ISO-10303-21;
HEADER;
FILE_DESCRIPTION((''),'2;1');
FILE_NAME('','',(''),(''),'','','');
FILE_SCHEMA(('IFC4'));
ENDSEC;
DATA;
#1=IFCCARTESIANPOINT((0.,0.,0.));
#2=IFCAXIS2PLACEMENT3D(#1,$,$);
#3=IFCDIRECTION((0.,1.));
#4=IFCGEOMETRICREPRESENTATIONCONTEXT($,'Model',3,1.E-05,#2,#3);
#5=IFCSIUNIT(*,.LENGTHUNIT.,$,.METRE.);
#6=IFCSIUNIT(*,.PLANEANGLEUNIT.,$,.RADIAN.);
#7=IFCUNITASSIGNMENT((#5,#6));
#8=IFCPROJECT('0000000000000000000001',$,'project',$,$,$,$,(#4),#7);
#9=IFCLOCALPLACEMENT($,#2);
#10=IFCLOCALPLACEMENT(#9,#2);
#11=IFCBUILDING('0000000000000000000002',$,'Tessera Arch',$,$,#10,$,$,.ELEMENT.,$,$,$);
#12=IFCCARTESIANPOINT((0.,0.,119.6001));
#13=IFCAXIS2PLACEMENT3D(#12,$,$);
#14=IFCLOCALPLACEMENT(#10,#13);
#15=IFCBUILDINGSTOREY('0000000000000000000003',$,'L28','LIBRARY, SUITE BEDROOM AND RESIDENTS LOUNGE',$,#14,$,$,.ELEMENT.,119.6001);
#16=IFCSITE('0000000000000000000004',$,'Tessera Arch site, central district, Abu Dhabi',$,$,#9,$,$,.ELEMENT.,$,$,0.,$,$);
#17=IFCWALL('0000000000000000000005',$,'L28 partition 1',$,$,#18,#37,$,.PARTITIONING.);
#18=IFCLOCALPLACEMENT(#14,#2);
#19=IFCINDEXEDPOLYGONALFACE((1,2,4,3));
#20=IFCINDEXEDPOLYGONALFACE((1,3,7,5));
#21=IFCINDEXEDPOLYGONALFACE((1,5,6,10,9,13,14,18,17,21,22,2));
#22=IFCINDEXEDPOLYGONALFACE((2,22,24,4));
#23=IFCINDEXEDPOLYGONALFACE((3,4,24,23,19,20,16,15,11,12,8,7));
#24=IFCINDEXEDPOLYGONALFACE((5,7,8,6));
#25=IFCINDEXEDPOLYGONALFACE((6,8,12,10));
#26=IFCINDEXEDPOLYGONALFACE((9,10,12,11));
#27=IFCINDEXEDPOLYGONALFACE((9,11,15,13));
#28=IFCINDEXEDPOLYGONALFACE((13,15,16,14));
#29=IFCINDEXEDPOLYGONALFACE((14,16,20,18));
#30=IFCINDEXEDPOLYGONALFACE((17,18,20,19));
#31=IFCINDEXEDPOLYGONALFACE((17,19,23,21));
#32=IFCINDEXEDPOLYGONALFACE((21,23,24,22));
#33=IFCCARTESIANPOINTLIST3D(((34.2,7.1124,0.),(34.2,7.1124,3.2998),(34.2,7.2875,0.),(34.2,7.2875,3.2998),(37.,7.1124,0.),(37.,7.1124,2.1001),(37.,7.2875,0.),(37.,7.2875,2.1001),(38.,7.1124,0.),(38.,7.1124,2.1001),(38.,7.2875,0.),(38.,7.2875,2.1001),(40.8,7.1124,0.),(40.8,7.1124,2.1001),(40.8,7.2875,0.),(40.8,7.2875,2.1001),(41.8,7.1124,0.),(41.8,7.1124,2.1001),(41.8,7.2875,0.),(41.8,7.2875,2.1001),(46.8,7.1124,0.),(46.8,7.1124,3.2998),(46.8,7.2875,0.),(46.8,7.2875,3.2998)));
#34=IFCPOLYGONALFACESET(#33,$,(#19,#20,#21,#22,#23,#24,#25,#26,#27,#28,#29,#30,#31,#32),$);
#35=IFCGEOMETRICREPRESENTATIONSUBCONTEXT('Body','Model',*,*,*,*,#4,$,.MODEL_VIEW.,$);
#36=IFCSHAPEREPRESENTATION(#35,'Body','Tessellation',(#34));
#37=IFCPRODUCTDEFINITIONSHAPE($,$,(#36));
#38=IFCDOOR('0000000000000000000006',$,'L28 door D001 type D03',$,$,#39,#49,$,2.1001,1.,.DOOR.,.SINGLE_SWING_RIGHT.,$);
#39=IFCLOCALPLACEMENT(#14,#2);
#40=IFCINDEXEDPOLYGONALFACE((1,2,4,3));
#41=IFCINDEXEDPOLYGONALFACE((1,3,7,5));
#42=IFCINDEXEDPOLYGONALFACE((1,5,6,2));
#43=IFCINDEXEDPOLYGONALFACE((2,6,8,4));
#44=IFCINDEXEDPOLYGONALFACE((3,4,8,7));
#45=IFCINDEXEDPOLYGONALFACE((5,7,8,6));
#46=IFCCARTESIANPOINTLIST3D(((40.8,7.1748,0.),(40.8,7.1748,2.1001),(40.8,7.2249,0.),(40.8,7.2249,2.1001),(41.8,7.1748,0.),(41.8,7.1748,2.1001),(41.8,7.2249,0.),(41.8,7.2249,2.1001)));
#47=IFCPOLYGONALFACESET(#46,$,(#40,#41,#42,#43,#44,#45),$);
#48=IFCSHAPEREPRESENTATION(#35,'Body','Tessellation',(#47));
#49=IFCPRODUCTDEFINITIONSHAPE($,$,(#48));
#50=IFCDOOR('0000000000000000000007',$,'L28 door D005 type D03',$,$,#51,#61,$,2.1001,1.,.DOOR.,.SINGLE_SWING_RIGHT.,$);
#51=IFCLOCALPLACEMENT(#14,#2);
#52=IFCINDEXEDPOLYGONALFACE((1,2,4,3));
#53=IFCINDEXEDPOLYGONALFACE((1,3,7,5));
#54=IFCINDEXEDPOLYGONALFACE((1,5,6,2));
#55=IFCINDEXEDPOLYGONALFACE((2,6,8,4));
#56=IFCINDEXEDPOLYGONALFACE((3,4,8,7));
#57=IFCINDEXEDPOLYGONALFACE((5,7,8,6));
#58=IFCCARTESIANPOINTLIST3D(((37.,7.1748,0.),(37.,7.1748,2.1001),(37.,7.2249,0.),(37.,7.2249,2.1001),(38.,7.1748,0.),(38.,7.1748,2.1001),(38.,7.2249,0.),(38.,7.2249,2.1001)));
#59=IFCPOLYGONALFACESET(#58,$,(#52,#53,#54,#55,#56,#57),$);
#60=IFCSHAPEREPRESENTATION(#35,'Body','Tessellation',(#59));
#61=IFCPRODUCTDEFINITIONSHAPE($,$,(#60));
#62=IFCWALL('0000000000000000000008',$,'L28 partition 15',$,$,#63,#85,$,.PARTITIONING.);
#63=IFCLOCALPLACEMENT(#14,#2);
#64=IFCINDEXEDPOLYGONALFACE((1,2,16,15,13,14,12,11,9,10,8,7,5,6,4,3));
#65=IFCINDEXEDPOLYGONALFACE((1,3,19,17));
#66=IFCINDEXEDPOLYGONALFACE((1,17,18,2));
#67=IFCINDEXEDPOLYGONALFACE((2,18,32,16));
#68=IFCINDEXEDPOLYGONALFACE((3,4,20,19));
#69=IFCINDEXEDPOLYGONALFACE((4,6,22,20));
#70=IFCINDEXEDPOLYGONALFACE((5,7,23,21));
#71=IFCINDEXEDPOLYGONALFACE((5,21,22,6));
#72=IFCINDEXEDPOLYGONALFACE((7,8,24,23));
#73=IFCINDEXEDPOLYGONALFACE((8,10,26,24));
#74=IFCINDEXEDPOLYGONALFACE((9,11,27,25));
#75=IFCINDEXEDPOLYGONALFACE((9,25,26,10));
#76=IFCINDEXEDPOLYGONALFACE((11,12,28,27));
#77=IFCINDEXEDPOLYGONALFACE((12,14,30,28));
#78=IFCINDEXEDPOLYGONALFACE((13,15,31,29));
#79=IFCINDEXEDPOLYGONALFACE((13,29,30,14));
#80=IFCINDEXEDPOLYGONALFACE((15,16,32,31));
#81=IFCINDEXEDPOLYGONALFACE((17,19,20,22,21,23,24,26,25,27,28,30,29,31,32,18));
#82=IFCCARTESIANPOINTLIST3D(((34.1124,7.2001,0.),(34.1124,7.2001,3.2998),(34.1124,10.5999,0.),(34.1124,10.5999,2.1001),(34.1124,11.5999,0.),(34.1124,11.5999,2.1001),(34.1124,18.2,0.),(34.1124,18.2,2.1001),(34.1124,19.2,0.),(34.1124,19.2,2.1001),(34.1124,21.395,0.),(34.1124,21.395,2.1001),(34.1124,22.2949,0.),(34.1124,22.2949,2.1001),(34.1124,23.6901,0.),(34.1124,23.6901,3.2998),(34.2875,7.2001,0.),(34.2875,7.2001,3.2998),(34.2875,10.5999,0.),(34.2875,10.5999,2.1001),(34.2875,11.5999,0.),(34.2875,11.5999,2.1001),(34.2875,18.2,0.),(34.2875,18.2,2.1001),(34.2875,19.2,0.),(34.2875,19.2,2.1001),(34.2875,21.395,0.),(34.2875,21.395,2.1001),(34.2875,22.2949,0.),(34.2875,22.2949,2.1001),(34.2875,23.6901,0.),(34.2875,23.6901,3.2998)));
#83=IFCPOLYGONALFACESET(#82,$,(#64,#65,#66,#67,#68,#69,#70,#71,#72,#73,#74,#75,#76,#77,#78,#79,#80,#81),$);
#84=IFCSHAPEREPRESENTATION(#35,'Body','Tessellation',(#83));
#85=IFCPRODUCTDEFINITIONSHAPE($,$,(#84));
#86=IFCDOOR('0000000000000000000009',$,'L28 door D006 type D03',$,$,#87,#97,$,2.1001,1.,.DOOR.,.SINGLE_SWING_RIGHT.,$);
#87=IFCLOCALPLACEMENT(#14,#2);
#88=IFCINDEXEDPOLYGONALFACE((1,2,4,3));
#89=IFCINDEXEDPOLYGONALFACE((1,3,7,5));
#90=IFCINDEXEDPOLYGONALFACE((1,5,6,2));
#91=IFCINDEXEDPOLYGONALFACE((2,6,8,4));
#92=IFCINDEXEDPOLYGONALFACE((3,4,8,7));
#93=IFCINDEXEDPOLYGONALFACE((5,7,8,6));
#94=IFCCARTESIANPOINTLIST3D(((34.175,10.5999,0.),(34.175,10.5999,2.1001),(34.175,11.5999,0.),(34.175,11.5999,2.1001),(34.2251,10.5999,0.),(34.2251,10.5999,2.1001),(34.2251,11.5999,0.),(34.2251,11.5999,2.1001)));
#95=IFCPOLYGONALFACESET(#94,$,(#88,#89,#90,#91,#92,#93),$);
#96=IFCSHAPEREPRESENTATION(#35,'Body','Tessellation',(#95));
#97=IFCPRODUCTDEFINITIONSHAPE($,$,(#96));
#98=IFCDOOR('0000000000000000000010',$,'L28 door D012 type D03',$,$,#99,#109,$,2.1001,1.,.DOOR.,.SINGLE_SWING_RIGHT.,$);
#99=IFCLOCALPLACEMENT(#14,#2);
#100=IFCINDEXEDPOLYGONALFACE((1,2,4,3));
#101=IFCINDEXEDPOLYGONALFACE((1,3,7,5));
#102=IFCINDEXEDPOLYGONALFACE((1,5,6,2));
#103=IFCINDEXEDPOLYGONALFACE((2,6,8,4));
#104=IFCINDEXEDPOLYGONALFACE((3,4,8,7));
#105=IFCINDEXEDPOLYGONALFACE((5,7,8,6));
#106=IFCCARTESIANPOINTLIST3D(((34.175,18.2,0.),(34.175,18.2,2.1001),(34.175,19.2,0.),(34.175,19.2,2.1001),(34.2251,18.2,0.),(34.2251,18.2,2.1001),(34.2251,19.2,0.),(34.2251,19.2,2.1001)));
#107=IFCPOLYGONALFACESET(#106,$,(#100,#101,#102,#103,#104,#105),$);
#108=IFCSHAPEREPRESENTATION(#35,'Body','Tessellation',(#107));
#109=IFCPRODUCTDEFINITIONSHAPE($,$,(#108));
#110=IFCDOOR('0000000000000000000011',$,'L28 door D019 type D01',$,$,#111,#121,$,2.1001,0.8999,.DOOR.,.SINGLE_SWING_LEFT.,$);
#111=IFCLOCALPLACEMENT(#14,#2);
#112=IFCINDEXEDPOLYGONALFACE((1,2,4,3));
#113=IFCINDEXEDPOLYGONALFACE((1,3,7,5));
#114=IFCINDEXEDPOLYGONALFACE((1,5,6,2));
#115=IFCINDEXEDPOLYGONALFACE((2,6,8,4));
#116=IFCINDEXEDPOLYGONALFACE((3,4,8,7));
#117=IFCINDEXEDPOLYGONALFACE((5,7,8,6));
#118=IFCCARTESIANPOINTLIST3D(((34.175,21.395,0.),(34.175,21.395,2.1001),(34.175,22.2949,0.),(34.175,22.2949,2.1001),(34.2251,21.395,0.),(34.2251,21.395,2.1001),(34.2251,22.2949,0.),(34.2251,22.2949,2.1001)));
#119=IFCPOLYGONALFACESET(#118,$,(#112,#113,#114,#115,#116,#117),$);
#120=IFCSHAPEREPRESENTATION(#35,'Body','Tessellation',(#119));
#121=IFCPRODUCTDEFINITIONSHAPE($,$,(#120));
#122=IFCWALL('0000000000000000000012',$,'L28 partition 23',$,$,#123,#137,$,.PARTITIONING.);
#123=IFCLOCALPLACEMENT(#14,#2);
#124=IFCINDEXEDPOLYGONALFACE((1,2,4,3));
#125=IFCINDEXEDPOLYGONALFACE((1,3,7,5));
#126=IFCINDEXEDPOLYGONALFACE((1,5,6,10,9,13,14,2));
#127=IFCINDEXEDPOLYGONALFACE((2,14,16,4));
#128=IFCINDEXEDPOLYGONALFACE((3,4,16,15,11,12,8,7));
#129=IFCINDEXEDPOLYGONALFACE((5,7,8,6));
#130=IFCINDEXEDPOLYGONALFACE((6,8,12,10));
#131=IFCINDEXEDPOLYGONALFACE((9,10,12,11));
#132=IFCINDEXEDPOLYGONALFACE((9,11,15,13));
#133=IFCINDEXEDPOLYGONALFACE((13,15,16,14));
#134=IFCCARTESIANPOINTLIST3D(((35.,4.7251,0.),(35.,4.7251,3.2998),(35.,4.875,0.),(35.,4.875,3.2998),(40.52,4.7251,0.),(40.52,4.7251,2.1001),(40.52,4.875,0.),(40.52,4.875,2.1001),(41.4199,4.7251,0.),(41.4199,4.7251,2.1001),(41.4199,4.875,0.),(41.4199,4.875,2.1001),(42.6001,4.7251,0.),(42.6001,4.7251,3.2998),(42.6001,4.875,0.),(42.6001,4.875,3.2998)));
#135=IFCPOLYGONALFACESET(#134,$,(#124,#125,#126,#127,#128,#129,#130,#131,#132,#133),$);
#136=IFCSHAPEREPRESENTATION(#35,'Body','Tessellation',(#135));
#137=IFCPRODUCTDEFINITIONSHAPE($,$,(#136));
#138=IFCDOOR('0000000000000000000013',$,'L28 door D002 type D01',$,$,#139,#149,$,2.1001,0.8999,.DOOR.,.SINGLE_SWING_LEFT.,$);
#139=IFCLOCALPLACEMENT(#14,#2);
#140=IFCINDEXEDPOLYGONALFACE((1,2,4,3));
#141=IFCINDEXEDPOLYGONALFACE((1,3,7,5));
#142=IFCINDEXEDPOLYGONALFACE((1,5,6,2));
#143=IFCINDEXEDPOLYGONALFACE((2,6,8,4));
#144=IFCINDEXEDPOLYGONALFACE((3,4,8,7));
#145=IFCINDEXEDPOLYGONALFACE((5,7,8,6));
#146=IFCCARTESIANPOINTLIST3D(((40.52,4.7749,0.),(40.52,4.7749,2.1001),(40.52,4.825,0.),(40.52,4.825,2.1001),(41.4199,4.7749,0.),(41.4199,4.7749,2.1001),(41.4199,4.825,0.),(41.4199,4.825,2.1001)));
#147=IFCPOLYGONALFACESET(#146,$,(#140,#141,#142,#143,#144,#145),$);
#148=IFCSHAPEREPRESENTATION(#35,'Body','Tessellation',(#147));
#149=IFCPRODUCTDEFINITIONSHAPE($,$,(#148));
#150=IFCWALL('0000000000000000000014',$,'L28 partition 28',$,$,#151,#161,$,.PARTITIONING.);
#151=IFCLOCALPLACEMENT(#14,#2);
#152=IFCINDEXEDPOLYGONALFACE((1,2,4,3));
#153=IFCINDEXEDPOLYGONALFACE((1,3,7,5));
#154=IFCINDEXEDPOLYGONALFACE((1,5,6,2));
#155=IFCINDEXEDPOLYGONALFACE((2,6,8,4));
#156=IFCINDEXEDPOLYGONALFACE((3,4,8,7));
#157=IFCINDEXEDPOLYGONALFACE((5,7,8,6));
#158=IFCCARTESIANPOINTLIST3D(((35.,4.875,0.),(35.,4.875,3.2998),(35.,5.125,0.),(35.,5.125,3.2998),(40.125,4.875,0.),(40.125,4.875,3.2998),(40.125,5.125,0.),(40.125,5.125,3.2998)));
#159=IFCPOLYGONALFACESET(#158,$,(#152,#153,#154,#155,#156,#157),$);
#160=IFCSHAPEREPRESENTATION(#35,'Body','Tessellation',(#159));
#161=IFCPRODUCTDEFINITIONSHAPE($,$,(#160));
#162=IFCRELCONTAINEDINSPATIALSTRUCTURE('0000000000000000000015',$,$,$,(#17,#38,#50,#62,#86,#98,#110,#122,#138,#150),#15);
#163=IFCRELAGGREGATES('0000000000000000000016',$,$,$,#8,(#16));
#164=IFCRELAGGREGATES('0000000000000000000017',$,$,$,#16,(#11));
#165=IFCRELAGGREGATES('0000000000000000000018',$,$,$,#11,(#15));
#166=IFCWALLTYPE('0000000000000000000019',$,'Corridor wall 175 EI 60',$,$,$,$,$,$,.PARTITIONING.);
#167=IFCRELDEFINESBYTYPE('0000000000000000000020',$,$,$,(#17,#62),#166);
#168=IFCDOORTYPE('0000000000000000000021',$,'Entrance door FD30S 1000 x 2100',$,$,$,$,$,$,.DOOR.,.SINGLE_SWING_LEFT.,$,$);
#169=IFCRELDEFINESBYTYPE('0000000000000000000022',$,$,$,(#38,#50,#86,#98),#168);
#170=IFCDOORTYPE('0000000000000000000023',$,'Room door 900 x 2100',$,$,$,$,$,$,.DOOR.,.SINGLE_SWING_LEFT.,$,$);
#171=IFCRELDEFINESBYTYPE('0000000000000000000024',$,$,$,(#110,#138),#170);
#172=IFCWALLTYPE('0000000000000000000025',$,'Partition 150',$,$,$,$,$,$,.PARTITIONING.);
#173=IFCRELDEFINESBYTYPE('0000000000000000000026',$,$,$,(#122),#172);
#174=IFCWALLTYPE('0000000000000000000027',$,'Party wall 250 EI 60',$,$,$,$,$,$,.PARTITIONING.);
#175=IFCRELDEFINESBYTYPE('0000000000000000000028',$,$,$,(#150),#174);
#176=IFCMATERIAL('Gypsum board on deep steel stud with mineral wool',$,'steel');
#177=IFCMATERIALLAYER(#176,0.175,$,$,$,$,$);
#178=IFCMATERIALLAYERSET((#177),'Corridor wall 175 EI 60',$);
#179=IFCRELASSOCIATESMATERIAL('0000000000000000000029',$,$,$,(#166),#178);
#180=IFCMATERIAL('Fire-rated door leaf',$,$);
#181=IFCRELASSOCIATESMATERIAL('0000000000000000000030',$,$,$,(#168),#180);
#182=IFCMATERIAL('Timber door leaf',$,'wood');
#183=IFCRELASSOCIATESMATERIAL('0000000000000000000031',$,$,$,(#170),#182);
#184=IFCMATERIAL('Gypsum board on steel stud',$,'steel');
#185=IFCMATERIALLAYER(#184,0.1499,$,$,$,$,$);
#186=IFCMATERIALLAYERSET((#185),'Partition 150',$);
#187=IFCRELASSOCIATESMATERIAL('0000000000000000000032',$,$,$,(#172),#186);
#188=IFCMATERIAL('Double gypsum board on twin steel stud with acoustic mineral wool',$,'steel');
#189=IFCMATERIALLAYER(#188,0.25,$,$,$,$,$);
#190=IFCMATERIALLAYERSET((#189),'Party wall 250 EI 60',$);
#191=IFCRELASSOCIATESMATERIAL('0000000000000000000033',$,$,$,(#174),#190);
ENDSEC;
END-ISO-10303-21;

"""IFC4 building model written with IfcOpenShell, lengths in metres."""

from ifc_helpers import new_model, si_unit, direction, frame, frame_2d, origin, place, context, subcontext, project, spatial, rectangle, extrude, material, layer, layer_set, type_object, element, fill, save


model = new_model("IFC4")

# Units and contexts
model_context = context("Model", 3, precision=1e-05, world=origin(), true_north=direction((0.0, 1.0)))
body_context = subcontext(model_context, "Body", "Model", "MODEL_VIEW")
ifc_project = project(units=[si_unit("LENGTHUNIT", "METRE"), si_unit("PLANEANGLEUNIT", "RADIAN")], contexts=[model_context])

# Site, building, storey
site_placement = place(None, origin())
site = spatial("IfcSite", under=ifc_project, at=site_placement, Name="Tessera Arch site, central district, Abu Dhabi", CompositionType="ELEMENT", RefElevation=0.0)
building_placement = place(site_placement, origin())
building = spatial("IfcBuilding", under=site, at=building_placement, Name="Tessera Arch", CompositionType="ELEMENT")
storey_placement = place(building_placement, frame((0.0, 0.0, 119.6001)))
storey = spatial("IfcBuildingStorey", under=building, at=storey_placement, Name="L28", Description="LIBRARY, SUITE BEDROOM AND RESIDENTS LOUNGE", CompositionType="ELEMENT", Elevation=119.6001)

# Walls, openings, doors
ifc_material_1 = material(Name="Gypsum board on deep steel stud with mineral wool", Category="steel")
ifc_layer_1 = layer(ifc_material_1, 0.175)
ifc_layer_set_1 = layer_set([ifc_layer_1], Name="Corridor wall 175 EI 60")
wall_type_1 = type_object("IfcWallType", Name="Corridor wall 175 EI 60", PredefinedType="PARTITIONING", material=ifc_layer_set_1)
wall_1_placement = place(storey_placement, frame((34.2, 7.2, 0.0), z_axis=(0.0, 0.0, 1.0), x_axis=(1.0, 0.0, 0.0)))
wall_1 = element("IfcWall", 1, at=wall_1_placement, inside=storey, type_object=wall_type_1, Name="L28 partition 1", PredefinedType="PARTITIONING", context=body_context, shape_type="SweptSolid", body=[
    extrude(rectangle(XDim=12.6001, YDim=0.175, at=frame_2d((6.3, 0.0))), origin(), (0.0, 0.0, 1.0), 3.2998),
])
opening_1_placement = place(wall_1_placement, frame((6.6001, 0.0, 0.0)))
opening_1 = element("IfcOpeningElement", 2, at=opening_1_placement, cuts=wall_1, PredefinedType="OPENING", context=body_context, shape_type="SweptSolid", body=[
    extrude(rectangle(XDim=1.0, YDim=2.1001, at=frame_2d((0.5, 1.05))), frame((0.0, 0.0974, 0.0), z_axis=(0.0, -1.0, 0.0), x_axis=(1.0, 0.0, 0.0)), (0.0, 0.0, 1.0), 0.1951),
])
opening_2_placement = place(wall_1_placement, frame((2.8, 0.0, 0.0)))
opening_2 = element("IfcOpeningElement", 3, at=opening_2_placement, cuts=wall_1, PredefinedType="OPENING", context=body_context, shape_type="SweptSolid", body=[
    extrude(rectangle(XDim=1.0, YDim=2.1001, at=frame_2d((0.5, 1.05))), frame((0.0, 0.0974, 0.0), z_axis=(0.0, -1.0, 0.0), x_axis=(1.0, 0.0, 0.0)), (0.0, 0.0, 1.0), 0.1951),
])
ifc_material_2 = material(Name="Fire-rated door leaf")
door_type_1 = type_object("IfcDoorType", Name="Entrance door FD30S 1000 x 2100", OperationType="SINGLE_SWING_LEFT", PredefinedType="DOOR", material=ifc_material_2)
door_1_placement = place(opening_1_placement, origin())
door_1 = element("IfcDoor", 4, at=door_1_placement, inside=storey, type_object=door_type_1, Name="L28 door D001 type D03", OperationType="SINGLE_SWING_RIGHT", OverallHeight=2.1001, OverallWidth=1.0, PredefinedType="DOOR", context=body_context, shape_type="SweptSolid", body=[
    extrude(rectangle(XDim=1.0, YDim=2.1001, at=frame_2d((0.5, 1.05))), frame((0.0, 0.0249, 0.0), z_axis=(0.0, -1.0, 0.0), x_axis=(1.0, 0.0, 0.0)), (0.0, 0.0, 1.0), 0.05),
])
fill(opening_1, door_1)
door_2_placement = place(opening_2_placement, origin())
door_2 = element("IfcDoor", 5, at=door_2_placement, inside=storey, type_object=door_type_1, Name="L28 door D005 type D03", OperationType="SINGLE_SWING_RIGHT", OverallHeight=2.1001, OverallWidth=1.0, PredefinedType="DOOR", context=body_context, shape_type="SweptSolid", body=[
    extrude(rectangle(XDim=1.0, YDim=2.1001, at=frame_2d((0.5, 1.05))), frame((0.0, 0.0249, 0.0), z_axis=(0.0, -1.0, 0.0), x_axis=(1.0, 0.0, 0.0)), (0.0, 0.0, 1.0), 0.05),
])
fill(opening_2, door_2)
wall_2_placement = place(storey_placement, frame((34.2, 7.2, 0.0), z_axis=(0.0, 0.0, 1.0), x_axis=(0.0, 1.0, 0.0)))
wall_2 = element("IfcWall", 6, at=wall_2_placement, inside=storey, type_object=wall_type_1, Name="L28 partition 15", PredefinedType="PARTITIONING", context=body_context, shape_type="SweptSolid", body=[
    extrude(rectangle(XDim=16.49, YDim=0.175, at=frame_2d((8.2451, 0.0))), origin(), (0.0, 0.0, 1.0), 3.2998),
])
opening_3_placement = place(wall_2_placement, frame((3.3999, 0.0, 0.0)))
opening_3 = element("IfcOpeningElement", 7, at=opening_3_placement, cuts=wall_2, PredefinedType="OPENING", context=body_context, shape_type="SweptSolid", body=[
    extrude(rectangle(XDim=1.0, YDim=2.1001, at=frame_2d((0.5, 1.05))), frame((0.0, 0.0974, 0.0), z_axis=(0.0, -1.0, 0.0), x_axis=(1.0, 0.0, 0.0)), (0.0, 0.0, 1.0), 0.1951),
])
opening_4_placement = place(wall_2_placement, frame((11.0, 0.0, 0.0)))
opening_4 = element("IfcOpeningElement", 8, at=opening_4_placement, cuts=wall_2, PredefinedType="OPENING", context=body_context, shape_type="SweptSolid", body=[
    extrude(rectangle(XDim=1.0, YDim=2.1001, at=frame_2d((0.5, 1.05))), frame((0.0, 0.0974, 0.0), z_axis=(0.0, -1.0, 0.0), x_axis=(1.0, 0.0, 0.0)), (0.0, 0.0, 1.0), 0.1951),
])
opening_5_placement = place(wall_2_placement, frame((14.1951, 0.0, 0.0)))
opening_5 = element("IfcOpeningElement", 9, at=opening_5_placement, cuts=wall_2, PredefinedType="OPENING", context=body_context, shape_type="SweptSolid", body=[
    extrude(rectangle(XDim=0.8999, YDim=2.1001, at=frame_2d((0.45, 1.05))), frame((0.0, 0.0974, 0.0), z_axis=(0.0, -1.0, 0.0), x_axis=(1.0, 0.0, 0.0)), (0.0, 0.0, 1.0), 0.1951),
])
door_3_placement = place(opening_3_placement, origin())
door_3 = element("IfcDoor", 10, at=door_3_placement, inside=storey, type_object=door_type_1, Name="L28 door D006 type D03", OperationType="SINGLE_SWING_RIGHT", OverallHeight=2.1001, OverallWidth=1.0, PredefinedType="DOOR", context=body_context, shape_type="SweptSolid", body=[
    extrude(rectangle(XDim=1.0, YDim=2.1001, at=frame_2d((0.5, 1.05))), frame((0.0, 0.0249, 0.0), z_axis=(0.0, -1.0, 0.0), x_axis=(1.0, 0.0, 0.0)), (0.0, 0.0, 1.0), 0.05),
])
fill(opening_3, door_3)
door_4_placement = place(opening_4_placement, origin())
door_4 = element("IfcDoor", 11, at=door_4_placement, inside=storey, type_object=door_type_1, Name="L28 door D012 type D03", OperationType="SINGLE_SWING_RIGHT", OverallHeight=2.1001, OverallWidth=1.0, PredefinedType="DOOR", context=body_context, shape_type="SweptSolid", body=[
    extrude(rectangle(XDim=1.0, YDim=2.1001, at=frame_2d((0.5, 1.05))), frame((0.0, 0.0249, 0.0), z_axis=(0.0, -1.0, 0.0), x_axis=(1.0, 0.0, 0.0)), (0.0, 0.0, 1.0), 0.05),
])
fill(opening_4, door_4)
ifc_material_3 = material(Name="Timber door leaf", Category="wood")
door_type_2 = type_object("IfcDoorType", Name="Room door 900 x 2100", OperationType="SINGLE_SWING_LEFT", PredefinedType="DOOR", material=ifc_material_3)
door_5_placement = place(opening_5_placement, origin())
door_5 = element("IfcDoor", 12, at=door_5_placement, inside=storey, type_object=door_type_2, Name="L28 door D019 type D01", OperationType="SINGLE_SWING_LEFT", OverallHeight=2.1001, OverallWidth=0.8999, PredefinedType="DOOR", context=body_context, shape_type="SweptSolid", body=[
    extrude(rectangle(XDim=0.8999, YDim=2.1001, at=frame_2d((0.45, 1.05))), frame((0.0, 0.0249, 0.0), z_axis=(0.0, -1.0, 0.0), x_axis=(1.0, 0.0, 0.0)), (0.0, 0.0, 1.0), 0.05),
])
fill(opening_5, door_5)

# Wall, opening, door
ifc_material_4 = material(Name="Gypsum board on steel stud", Category="steel")
ifc_layer_2 = layer(ifc_material_4, 0.1499)
ifc_layer_set_2 = layer_set([ifc_layer_2], Name="Partition 150")
wall_type_2 = type_object("IfcWallType", Name="Partition 150", PredefinedType="PARTITIONING", material=ifc_layer_set_2)
wall_3_placement = place(storey_placement, frame((35.0, 4.8, 0.0), z_axis=(0.0, 0.0, 1.0), x_axis=(1.0, 0.0, 0.0)))
wall_3 = element("IfcWall", 13, at=wall_3_placement, inside=storey, type_object=wall_type_2, Name="L28 partition 23", PredefinedType="PARTITIONING", context=body_context, shape_type="SweptSolid", body=[
    extrude(rectangle(XDim=7.6001, YDim=0.1499, at=frame_2d((3.8, 0.0))), origin(), (0.0, 0.0, 1.0), 3.2998),
])
opening_6_placement = place(wall_3_placement, frame((5.52, 0.0, 0.0)))
opening_6 = element("IfcOpeningElement", 14, at=opening_6_placement, cuts=wall_3, PredefinedType="OPENING", context=body_context, shape_type="SweptSolid", body=[
    extrude(rectangle(XDim=0.8999, YDim=2.1001, at=frame_2d((0.45, 1.05))), frame((0.0, 0.085, 0.0), z_axis=(0.0, -1.0, 0.0), x_axis=(1.0, 0.0, 0.0)), (0.0, 0.0, 1.0), 0.1699),
])
door_6_placement = place(opening_6_placement, origin())
door_6 = element("IfcDoor", 15, at=door_6_placement, inside=storey, type_object=door_type_2, Name="L28 door D002 type D01", OperationType="SINGLE_SWING_LEFT", OverallHeight=2.1001, OverallWidth=0.8999, PredefinedType="DOOR", context=body_context, shape_type="SweptSolid", body=[
    extrude(rectangle(XDim=0.8999, YDim=2.1001, at=frame_2d((0.45, 1.05))), frame((0.0, 0.0249, 0.0), z_axis=(0.0, -1.0, 0.0), x_axis=(1.0, 0.0, 0.0)), (0.0, 0.0, 1.0), 0.05),
])
fill(opening_6, door_6)

# Wall
ifc_material_5 = material(Name="Double gypsum board on twin steel stud with acoustic mineral wool", Category="steel")
ifc_layer_3 = layer(ifc_material_5, 0.25)
ifc_layer_set_3 = layer_set([ifc_layer_3], Name="Party wall 250 EI 60")
wall_type_3 = type_object("IfcWallType", Name="Party wall 250 EI 60", PredefinedType="PARTITIONING", material=ifc_layer_set_3)
wall_4_placement = place(storey_placement, frame((35.0, 5.0, 0.0), z_axis=(0.0, 0.0, 1.0), x_axis=(1.0, 0.0, 0.0)))
element("IfcWall", 16, at=wall_4_placement, inside=storey, type_object=wall_type_3, Name="L28 partition 28", PredefinedType="PARTITIONING", context=body_context, shape_type="SweptSolid", body=[
    extrude(rectangle(XDim=5.125, YDim=0.25, at=frame_2d((2.5625, 0.0))), origin(), (0.0, 0.0, 1.0), 3.2998),
])

save(model, "model.ifc")
